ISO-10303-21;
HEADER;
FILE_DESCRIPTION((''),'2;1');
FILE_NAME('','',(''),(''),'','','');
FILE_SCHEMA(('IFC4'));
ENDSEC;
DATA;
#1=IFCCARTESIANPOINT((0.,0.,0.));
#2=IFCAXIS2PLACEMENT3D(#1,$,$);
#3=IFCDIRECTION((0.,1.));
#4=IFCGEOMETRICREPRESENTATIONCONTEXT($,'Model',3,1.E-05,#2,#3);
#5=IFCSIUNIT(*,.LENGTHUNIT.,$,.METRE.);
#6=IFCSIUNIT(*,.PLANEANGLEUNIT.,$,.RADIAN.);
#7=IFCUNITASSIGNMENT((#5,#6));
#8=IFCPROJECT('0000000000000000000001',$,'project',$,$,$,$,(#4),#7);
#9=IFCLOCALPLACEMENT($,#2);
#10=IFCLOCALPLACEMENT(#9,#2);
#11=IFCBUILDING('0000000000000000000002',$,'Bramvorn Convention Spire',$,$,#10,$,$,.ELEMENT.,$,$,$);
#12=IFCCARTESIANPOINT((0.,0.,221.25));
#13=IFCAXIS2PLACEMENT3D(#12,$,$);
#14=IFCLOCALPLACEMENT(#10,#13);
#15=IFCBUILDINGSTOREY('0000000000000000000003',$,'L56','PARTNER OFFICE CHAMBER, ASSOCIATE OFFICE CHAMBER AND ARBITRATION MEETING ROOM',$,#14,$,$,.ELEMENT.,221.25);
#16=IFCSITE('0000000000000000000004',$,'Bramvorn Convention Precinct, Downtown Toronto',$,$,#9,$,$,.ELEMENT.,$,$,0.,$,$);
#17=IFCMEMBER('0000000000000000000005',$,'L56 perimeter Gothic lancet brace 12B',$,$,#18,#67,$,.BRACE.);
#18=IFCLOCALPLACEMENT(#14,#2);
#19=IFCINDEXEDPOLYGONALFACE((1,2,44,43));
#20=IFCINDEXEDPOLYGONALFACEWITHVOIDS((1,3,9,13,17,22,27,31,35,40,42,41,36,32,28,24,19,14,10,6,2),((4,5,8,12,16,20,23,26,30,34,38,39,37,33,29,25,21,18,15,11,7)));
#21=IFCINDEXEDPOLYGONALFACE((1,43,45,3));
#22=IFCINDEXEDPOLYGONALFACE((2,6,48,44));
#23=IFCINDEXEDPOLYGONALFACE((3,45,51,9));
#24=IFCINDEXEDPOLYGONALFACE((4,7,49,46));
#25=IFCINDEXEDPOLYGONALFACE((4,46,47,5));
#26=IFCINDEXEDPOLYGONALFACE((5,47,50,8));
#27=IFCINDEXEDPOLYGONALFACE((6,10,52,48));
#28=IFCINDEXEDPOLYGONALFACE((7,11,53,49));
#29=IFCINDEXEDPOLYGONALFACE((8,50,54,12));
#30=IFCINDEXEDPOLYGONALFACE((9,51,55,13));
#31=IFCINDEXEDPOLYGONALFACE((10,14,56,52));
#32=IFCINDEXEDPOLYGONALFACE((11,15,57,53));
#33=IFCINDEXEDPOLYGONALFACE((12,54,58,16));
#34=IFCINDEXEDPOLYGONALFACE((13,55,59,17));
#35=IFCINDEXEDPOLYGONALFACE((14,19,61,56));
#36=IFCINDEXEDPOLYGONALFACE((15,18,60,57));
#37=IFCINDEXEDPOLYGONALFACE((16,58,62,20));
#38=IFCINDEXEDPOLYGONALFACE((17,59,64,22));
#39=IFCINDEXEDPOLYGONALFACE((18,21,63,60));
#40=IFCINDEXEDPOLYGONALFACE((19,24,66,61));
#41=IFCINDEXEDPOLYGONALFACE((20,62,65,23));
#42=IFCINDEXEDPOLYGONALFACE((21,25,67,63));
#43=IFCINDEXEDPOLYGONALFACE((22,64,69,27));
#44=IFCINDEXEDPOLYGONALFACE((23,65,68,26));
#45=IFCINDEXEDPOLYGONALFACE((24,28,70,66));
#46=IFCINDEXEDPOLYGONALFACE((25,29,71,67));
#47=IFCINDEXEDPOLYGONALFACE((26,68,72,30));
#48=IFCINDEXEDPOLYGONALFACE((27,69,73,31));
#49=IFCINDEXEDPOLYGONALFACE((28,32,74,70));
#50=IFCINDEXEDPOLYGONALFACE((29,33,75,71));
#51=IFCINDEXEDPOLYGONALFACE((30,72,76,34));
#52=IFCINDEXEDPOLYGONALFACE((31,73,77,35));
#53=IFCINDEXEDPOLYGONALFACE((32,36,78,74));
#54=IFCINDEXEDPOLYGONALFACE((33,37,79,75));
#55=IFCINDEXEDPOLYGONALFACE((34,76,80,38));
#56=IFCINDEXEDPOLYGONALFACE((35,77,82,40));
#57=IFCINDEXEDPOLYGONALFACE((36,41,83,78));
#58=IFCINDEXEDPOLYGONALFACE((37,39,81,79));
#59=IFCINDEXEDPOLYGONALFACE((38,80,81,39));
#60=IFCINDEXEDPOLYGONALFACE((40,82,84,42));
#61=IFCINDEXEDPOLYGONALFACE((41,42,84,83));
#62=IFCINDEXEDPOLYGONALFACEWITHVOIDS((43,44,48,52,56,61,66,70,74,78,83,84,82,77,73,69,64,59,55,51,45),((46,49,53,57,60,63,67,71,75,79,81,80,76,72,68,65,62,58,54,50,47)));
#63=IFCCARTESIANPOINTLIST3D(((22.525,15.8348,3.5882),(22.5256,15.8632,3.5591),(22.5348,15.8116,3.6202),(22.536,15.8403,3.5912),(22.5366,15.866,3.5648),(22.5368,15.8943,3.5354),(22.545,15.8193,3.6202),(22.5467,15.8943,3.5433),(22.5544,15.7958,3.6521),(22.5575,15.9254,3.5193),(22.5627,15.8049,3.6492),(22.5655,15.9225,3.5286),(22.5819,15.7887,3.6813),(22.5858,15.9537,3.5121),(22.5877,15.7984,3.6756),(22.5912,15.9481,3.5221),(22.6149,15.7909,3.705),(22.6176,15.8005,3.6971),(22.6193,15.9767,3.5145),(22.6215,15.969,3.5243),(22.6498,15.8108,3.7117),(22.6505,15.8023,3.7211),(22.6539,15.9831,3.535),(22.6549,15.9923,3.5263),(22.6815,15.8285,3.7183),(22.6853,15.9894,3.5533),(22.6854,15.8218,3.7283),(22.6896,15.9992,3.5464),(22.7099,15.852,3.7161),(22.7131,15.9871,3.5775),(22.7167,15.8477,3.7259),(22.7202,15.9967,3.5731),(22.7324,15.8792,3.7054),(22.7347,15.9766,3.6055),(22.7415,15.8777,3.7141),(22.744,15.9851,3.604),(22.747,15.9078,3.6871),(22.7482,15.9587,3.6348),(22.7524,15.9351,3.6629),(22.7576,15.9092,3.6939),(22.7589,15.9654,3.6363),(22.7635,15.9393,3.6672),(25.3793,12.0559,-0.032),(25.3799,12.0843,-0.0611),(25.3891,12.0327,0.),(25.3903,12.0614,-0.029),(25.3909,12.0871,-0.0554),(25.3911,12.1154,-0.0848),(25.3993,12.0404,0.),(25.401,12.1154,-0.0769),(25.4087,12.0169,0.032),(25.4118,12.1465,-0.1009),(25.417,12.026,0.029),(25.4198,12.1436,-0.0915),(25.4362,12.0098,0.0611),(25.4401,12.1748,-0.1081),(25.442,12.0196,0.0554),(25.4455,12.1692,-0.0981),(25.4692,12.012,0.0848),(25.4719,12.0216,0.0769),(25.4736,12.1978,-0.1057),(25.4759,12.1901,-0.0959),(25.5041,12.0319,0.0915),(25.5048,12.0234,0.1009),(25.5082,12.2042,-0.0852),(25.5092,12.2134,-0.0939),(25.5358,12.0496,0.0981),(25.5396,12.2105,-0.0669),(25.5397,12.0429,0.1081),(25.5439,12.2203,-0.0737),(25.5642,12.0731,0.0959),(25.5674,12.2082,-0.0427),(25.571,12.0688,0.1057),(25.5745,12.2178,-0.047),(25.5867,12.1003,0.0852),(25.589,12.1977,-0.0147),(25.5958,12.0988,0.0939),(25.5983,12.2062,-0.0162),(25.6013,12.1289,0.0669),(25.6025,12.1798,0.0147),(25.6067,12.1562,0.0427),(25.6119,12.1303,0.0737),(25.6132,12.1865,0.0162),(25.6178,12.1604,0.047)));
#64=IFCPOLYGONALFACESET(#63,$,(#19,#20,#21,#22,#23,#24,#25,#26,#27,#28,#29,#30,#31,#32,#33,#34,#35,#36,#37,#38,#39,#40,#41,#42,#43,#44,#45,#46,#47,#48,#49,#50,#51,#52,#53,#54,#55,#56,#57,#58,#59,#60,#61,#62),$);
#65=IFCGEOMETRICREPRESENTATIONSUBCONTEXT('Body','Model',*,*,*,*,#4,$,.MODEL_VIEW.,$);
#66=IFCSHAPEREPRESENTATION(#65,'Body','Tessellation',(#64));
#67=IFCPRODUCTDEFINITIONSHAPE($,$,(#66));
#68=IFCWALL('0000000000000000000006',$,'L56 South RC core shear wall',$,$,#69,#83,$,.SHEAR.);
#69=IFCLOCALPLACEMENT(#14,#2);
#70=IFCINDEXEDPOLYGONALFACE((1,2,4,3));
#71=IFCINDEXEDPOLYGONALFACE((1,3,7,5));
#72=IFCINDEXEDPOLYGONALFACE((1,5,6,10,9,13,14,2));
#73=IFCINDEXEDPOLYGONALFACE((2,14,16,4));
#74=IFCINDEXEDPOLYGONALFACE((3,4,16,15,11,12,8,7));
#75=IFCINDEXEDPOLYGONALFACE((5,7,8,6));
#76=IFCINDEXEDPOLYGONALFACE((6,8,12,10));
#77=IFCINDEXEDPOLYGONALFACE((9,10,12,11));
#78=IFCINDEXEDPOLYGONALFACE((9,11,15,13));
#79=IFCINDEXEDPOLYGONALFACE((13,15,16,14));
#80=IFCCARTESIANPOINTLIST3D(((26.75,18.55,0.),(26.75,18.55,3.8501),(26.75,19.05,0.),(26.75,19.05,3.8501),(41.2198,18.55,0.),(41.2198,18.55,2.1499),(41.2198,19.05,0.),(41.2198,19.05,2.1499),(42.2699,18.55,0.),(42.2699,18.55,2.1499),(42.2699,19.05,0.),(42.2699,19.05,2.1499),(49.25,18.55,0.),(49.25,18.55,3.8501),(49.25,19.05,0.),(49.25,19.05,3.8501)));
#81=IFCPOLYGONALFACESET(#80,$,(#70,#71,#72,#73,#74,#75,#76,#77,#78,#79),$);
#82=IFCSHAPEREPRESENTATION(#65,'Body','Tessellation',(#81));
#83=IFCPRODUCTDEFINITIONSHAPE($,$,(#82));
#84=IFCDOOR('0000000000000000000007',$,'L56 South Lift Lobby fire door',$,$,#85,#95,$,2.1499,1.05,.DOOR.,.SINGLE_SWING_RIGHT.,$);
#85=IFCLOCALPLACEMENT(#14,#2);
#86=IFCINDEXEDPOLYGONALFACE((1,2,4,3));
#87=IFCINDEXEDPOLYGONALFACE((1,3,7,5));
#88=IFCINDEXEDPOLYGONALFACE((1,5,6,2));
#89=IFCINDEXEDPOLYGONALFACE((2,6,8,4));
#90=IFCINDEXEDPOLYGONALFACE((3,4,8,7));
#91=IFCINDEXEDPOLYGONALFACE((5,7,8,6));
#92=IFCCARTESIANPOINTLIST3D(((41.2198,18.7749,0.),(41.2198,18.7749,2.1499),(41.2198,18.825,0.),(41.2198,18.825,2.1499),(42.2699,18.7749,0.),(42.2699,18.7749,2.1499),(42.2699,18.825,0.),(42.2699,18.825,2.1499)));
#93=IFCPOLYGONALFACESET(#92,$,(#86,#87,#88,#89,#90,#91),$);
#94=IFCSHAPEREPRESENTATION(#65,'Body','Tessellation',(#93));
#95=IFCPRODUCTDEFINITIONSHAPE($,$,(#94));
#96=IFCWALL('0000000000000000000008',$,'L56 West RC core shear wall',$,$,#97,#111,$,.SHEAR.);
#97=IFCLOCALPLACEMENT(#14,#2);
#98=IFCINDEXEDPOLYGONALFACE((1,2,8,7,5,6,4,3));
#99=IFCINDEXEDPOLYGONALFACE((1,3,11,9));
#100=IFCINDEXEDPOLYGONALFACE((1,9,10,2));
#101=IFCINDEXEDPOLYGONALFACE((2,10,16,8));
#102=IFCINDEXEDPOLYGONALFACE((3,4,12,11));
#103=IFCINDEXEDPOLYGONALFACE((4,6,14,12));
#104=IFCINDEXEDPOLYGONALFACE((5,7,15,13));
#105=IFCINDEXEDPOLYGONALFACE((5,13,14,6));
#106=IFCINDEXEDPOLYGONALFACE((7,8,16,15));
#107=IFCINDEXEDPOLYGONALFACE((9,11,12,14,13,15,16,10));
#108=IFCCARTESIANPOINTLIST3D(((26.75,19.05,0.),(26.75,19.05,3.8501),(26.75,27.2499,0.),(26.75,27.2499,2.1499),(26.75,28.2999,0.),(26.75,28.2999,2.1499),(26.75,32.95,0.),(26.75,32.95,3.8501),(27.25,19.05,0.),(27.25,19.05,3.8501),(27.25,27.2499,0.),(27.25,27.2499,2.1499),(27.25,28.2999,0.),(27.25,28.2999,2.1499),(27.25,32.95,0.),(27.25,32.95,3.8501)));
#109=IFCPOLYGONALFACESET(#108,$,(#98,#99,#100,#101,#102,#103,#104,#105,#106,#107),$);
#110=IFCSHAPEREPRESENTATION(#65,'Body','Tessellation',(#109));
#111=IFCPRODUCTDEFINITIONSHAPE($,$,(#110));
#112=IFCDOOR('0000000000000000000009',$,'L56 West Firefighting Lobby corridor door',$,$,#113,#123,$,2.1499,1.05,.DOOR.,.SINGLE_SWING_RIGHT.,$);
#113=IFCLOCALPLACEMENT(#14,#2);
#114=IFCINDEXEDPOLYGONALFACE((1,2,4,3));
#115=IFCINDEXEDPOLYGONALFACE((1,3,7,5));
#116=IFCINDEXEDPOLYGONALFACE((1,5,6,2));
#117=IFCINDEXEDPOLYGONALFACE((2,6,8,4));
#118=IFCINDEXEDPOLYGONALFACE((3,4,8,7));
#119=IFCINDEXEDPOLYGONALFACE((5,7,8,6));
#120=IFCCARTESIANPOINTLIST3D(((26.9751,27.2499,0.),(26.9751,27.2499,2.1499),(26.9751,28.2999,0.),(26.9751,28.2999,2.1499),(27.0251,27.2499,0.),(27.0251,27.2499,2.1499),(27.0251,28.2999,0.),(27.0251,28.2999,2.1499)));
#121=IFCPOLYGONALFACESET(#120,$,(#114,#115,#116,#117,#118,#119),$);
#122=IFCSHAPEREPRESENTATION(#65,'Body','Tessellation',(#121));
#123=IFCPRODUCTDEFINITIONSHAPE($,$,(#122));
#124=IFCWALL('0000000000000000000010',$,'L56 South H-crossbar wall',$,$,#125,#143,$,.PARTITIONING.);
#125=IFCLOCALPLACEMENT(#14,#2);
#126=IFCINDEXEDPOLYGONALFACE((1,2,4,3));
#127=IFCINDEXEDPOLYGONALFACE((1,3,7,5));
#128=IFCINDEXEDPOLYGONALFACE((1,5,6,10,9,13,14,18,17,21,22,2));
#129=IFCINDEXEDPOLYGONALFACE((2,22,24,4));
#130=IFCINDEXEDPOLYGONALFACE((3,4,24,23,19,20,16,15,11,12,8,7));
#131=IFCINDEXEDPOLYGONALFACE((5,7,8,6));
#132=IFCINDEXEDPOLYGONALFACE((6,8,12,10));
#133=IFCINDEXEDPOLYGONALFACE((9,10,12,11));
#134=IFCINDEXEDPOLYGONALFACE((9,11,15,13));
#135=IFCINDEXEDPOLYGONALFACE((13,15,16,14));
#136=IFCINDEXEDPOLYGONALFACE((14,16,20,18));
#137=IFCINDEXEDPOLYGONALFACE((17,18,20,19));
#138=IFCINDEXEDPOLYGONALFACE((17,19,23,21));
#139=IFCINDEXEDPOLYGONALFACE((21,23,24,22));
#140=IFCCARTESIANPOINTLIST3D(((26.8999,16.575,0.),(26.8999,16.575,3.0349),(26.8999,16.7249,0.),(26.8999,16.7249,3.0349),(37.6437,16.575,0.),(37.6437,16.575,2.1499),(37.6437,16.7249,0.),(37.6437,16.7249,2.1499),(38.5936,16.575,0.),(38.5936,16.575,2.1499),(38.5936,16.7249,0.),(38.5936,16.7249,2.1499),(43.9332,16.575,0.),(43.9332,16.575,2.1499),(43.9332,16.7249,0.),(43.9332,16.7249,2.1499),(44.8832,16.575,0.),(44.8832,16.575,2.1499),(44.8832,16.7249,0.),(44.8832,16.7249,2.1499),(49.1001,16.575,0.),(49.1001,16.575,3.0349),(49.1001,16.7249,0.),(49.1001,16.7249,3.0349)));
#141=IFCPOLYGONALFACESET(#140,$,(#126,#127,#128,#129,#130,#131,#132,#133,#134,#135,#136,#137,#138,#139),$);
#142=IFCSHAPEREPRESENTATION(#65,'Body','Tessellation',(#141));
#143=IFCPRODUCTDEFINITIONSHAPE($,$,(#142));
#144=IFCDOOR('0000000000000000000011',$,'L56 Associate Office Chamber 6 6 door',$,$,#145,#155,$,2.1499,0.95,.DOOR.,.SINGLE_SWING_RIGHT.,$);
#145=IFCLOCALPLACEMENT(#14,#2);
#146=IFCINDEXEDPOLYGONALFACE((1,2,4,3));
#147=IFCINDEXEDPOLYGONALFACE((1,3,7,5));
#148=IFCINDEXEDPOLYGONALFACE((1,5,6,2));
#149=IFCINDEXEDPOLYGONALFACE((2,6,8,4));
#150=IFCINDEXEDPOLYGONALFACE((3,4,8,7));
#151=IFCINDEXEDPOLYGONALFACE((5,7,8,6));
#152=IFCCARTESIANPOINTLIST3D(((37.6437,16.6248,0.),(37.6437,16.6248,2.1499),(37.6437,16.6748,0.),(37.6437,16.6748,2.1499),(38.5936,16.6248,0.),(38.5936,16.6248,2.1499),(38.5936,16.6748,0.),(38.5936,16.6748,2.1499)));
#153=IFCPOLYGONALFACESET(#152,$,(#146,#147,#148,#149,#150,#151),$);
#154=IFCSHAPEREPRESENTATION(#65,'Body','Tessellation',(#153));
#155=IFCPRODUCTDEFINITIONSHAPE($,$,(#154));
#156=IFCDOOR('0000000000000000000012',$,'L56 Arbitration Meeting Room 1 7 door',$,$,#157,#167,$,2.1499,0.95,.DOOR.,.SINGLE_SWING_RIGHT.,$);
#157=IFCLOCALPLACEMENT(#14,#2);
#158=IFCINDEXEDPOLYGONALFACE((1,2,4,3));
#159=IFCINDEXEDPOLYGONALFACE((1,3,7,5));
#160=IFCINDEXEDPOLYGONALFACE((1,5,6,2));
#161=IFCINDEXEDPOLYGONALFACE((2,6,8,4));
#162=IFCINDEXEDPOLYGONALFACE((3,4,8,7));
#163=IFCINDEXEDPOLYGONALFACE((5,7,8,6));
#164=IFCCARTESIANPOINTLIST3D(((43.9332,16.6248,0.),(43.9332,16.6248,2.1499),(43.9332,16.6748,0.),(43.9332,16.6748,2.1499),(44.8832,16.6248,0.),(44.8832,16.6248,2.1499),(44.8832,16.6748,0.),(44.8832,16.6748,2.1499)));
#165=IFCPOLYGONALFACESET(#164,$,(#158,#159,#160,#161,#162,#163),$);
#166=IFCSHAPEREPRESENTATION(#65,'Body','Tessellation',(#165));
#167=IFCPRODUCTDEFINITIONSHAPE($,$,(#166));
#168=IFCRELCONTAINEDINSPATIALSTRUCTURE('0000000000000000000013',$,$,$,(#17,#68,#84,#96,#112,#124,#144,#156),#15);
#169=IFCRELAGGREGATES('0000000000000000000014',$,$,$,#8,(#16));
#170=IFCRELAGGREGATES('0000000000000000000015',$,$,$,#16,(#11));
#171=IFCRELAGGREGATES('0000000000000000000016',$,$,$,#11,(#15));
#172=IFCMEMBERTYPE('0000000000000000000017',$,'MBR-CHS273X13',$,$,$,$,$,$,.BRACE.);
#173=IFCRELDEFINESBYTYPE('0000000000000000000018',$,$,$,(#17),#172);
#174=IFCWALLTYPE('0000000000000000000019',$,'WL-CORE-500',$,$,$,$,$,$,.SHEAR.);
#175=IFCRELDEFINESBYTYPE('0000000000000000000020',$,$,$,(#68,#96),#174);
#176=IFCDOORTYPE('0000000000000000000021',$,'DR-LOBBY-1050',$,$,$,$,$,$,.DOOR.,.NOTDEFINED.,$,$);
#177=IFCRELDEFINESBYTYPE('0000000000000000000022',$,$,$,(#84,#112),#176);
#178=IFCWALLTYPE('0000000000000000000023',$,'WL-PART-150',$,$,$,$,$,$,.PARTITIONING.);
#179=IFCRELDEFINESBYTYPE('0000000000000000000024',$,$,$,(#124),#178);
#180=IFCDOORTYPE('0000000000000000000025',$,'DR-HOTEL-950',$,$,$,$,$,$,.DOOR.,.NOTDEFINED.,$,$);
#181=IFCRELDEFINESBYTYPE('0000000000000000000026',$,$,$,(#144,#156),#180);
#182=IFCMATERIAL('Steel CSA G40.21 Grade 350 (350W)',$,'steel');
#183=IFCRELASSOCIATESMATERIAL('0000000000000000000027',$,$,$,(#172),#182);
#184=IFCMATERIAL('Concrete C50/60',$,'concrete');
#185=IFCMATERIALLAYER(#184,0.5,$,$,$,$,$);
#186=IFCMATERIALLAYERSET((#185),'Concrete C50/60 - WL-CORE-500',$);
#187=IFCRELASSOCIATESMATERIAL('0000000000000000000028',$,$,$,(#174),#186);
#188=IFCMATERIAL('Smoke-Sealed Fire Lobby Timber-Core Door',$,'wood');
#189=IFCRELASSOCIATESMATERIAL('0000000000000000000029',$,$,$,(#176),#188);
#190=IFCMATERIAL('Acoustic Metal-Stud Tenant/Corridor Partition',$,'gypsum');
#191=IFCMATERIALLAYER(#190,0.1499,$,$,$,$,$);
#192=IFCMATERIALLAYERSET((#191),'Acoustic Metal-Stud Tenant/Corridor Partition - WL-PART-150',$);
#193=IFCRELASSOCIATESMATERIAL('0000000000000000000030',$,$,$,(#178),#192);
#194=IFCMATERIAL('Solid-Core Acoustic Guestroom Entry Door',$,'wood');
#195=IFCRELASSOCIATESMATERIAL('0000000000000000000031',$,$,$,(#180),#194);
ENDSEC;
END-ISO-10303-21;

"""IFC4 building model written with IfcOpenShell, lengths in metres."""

from ifc_helpers import new_model, si_unit, direction, frame, frame_2d, origin, origin_2d, place, context, subcontext, project, spatial, rectangle, hollow_circle, extrude, material, layer, layer_set, material_profile, profile_set, type_object, element, fill, save


model = new_model("IFC4")

# Units and contexts
model_context = context("Model", 3, precision=1e-05, world=origin(), true_north=direction((0.0, 1.0)))
body_context = subcontext(model_context, "Body", "Model", "MODEL_VIEW")
ifc_project = project(units=[si_unit("LENGTHUNIT", "METRE"), si_unit("PLANEANGLEUNIT", "RADIAN")], contexts=[model_context])

# Site, building, storey
site_placement = place(None, origin())
site = spatial("IfcSite", under=ifc_project, at=site_placement, Name="Bramvorn Convention Precinct, Downtown Toronto", CompositionType="ELEMENT", RefElevation=0.0)
building_placement = place(site_placement, origin())
building = spatial("IfcBuilding", under=site, at=building_placement, Name="Bramvorn Convention Spire", CompositionType="ELEMENT")
storey_placement = place(building_placement, frame((0.0, 0.0, 221.25)))
storey = spatial("IfcBuildingStorey", under=building, at=storey_placement, Name="L56", Description="PARTNER OFFICE CHAMBER, ASSOCIATE OFFICE CHAMBER AND ARBITRATION MEETING ROOM", CompositionType="ELEMENT", Elevation=221.25)

# Shared definitions
ifc_material_1 = material(Name="Steel CSA G40.21 Grade 350 (350W)", Category="steel")

# Member
ifc_material_profile_1 = material_profile(ifc_material_1, hollow_circle(Radius=0.1365, WallThickness=0.0127, at=origin_2d()))
ifc_profile_set_1 = profile_set([ifc_material_profile_1], Name="Steel CSA G40.21 Grade 350 (350W) - CHS273X13")
member_type = type_object("IfcMemberType", Name="MBR-CHS273X13", PredefinedType="BRACE", material=ifc_profile_set_1)
member_placement = place(storey_placement, frame((25.498, 12.115, 0.0), z_axis=(-0.478835, 0.633941, 0.607319), x_axis=(-0.797954, -0.602719, 0.0)))
element("IfcMember", 1, at=member_placement, inside=storey, type_object=member_type, Name="L56 perimeter Gothic lancet brace 12B", PredefinedType="BRACE", context=body_context, shape_type="SweptSolid", body=[
    extrude(hollow_circle(Radius=0.1365, WallThickness=0.0127, at=origin_2d()), origin(), (0.0, 0.0, 1.0), 5.9609),
])

# Walls, openings, doors
ifc_material_2 = material(Name="Concrete C50/60", Category="concrete")
ifc_layer_1 = layer(ifc_material_2, 0.5)
ifc_layer_set_1 = layer_set([ifc_layer_1], Name="Concrete C50/60 - WL-CORE-500")
wall_type_1 = type_object("IfcWallType", Name="WL-CORE-500", PredefinedType="SHEAR", material=ifc_layer_set_1)
wall_1_placement = place(storey_placement, frame((26.75, 18.8, 0.0), z_axis=(0.0, 0.0, 1.0), x_axis=(1.0, 0.0, 0.0)))
wall_1 = element("IfcWall", 2, at=wall_1_placement, inside=storey, type_object=wall_type_1, Name="L56 South RC core shear wall", PredefinedType="SHEAR", context=body_context, shape_type="SweptSolid", body=[
    extrude(rectangle(XDim=22.5, YDim=0.5, at=frame_2d((11.25, 0.0))), origin(), (0.0, 0.0, 1.0), 3.8501),
])
opening_1_placement = place(wall_1_placement, frame((14.47, 0.0, 0.0)))
opening_1 = element("IfcOpeningElement", 3, at=opening_1_placement, cuts=wall_1, PredefinedType="OPENING", context=body_context, shape_type="SweptSolid", body=[
    extrude(rectangle(XDim=1.05, YDim=2.1499, at=frame_2d((0.5249, 1.075))), frame((0.0, 0.26, 0.0), z_axis=(0.0, -1.0, 0.0), x_axis=(1.0, 0.0, 0.0)), (0.0, 0.0, 1.0), 0.52),
])
ifc_material_3 = material(Name="Smoke-Sealed Fire Lobby Timber-Core Door", Category="wood")
door_type_1 = type_object("IfcDoorType", Name="DR-LOBBY-1050", OperationType="NOTDEFINED", PredefinedType="DOOR", material=ifc_material_3)
door_1_placement = place(opening_1_placement, origin())
door_1 = element("IfcDoor", 4, at=door_1_placement, inside=storey, type_object=door_type_1, Name="L56 South Lift Lobby fire door", OperationType="SINGLE_SWING_RIGHT", OverallHeight=2.1499, OverallWidth=1.05, PredefinedType="DOOR", context=body_context, shape_type="SweptSolid", body=[
    extrude(rectangle(XDim=1.05, YDim=2.1499, at=frame_2d((0.5249, 1.075))), frame((0.0, 0.0249, 0.0), z_axis=(0.0, -1.0, 0.0), x_axis=(1.0, 0.0, 0.0)), (0.0, 0.0, 1.0), 0.05),
])
fill(opening_1, door_1)
wall_2_placement = place(storey_placement, frame((27.0, 19.05, 0.0), z_axis=(0.0, 0.0, 1.0), x_axis=(0.0, 1.0, 0.0)))
wall_2 = element("IfcWall", 5, at=wall_2_placement, inside=storey, type_object=wall_type_1, Name="L56 West RC core shear wall", PredefinedType="SHEAR", context=body_context, shape_type="SweptSolid", body=[
    extrude(rectangle(XDim=13.8999, YDim=0.5, at=frame_2d((6.95, 0.0))), origin(), (0.0, 0.0, 1.0), 3.8501),
])
opening_2_placement = place(wall_2_placement, frame((8.2, 0.0, 0.0)))
opening_2 = element("IfcOpeningElement", 6, at=opening_2_placement, cuts=wall_2, PredefinedType="OPENING", context=body_context, shape_type="SweptSolid", body=[
    extrude(rectangle(XDim=1.05, YDim=2.1499, at=frame_2d((0.5249, 1.075))), frame((0.0, 0.26, 0.0), z_axis=(0.0, -1.0, 0.0), x_axis=(1.0, 0.0, 0.0)), (0.0, 0.0, 1.0), 0.52),
])
door_2_placement = place(opening_2_placement, origin())
door_2 = element("IfcDoor", 7, at=door_2_placement, inside=storey, type_object=door_type_1, Name="L56 West Firefighting Lobby corridor door", OperationType="SINGLE_SWING_RIGHT", OverallHeight=2.1499, OverallWidth=1.05, PredefinedType="DOOR", context=body_context, shape_type="SweptSolid", body=[
    extrude(rectangle(XDim=1.05, YDim=2.1499, at=frame_2d((0.5249, 1.075))), frame((0.0, 0.0249, 0.0), z_axis=(0.0, -1.0, 0.0), x_axis=(1.0, 0.0, 0.0)), (0.0, 0.0, 1.0), 0.05),
])
fill(opening_2, door_2)

# Wall, openings, doors
ifc_material_4 = material(Name="Acoustic Metal-Stud Tenant/Corridor Partition", Category="gypsum")
ifc_layer_2 = layer(ifc_material_4, 0.1499)
ifc_layer_set_2 = layer_set([ifc_layer_2], Name="Acoustic Metal-Stud Tenant/Corridor Partition - WL-PART-150")
wall_type_2 = type_object("IfcWallType", Name="WL-PART-150", PredefinedType="PARTITIONING", material=ifc_layer_set_2)
wall_3_placement = place(storey_placement, frame((26.8999, 16.6499, 0.0), z_axis=(0.0, 0.0, 1.0), x_axis=(1.0, 0.0, 0.0)))
wall_3 = element("IfcWall", 8, at=wall_3_placement, inside=storey, type_object=wall_type_2, Name="L56 South H-crossbar wall", PredefinedType="PARTITIONING", context=body_context, shape_type="SweptSolid", body=[
    extrude(rectangle(XDim=22.2002, YDim=0.1499, at=frame_2d((11.1001, 0.0))), origin(), (0.0, 0.0, 1.0), 3.0349),
])
opening_3_placement = place(wall_3_placement, frame((10.7437, 0.0, 0.0)))
opening_3 = element("IfcOpeningElement", 9, at=opening_3_placement, cuts=wall_3, PredefinedType="OPENING", context=body_context, shape_type="SweptSolid", body=[
    extrude(rectangle(XDim=0.95, YDim=2.1499, at=frame_2d((0.4751, 1.075))), frame((0.0, 0.085, 0.0), z_axis=(0.0, -1.0, 0.0), x_axis=(1.0, 0.0, 0.0)), (0.0, 0.0, 1.0), 0.1699),
])
opening_4_placement = place(wall_3_placement, frame((17.0332, 0.0, 0.0)))
opening_4 = element("IfcOpeningElement", 10, at=opening_4_placement, cuts=wall_3, PredefinedType="OPENING", context=body_context, shape_type="SweptSolid", body=[
    extrude(rectangle(XDim=0.95, YDim=2.1499, at=frame_2d((0.4751, 1.075))), frame((0.0, 0.085, 0.0), z_axis=(0.0, -1.0, 0.0), x_axis=(1.0, 0.0, 0.0)), (0.0, 0.0, 1.0), 0.1699),
])
ifc_material_5 = material(Name="Solid-Core Acoustic Guestroom Entry Door", Category="wood")
door_type_2 = type_object("IfcDoorType", Name="DR-HOTEL-950", OperationType="NOTDEFINED", PredefinedType="DOOR", material=ifc_material_5)
door_3_placement = place(opening_3_placement, origin())
door_3 = element("IfcDoor", 11, at=door_3_placement, inside=storey, type_object=door_type_2, Name="L56 Associate Office Chamber 6 6 door", OperationType="SINGLE_SWING_RIGHT", OverallHeight=2.1499, OverallWidth=0.95, PredefinedType="DOOR", context=body_context, shape_type="SweptSolid", body=[
    extrude(rectangle(XDim=0.95, YDim=2.1499, at=frame_2d((0.4751, 1.075))), frame((0.0, 0.0249, 0.0), z_axis=(0.0, -1.0, 0.0), x_axis=(1.0, 0.0, 0.0)), (0.0, 0.0, 1.0), 0.05),
])
fill(opening_3, door_3)
door_4_placement = place(opening_4_placement, origin())
door_4 = element("IfcDoor", 12, at=door_4_placement, inside=storey, type_object=door_type_2, Name="L56 Arbitration Meeting Room 1 7 door", OperationType="SINGLE_SWING_RIGHT", OverallHeight=2.1499, OverallWidth=0.95, PredefinedType="DOOR", context=body_context, shape_type="SweptSolid", body=[
    extrude(rectangle(XDim=0.95, YDim=2.1499, at=frame_2d((0.4751, 1.075))), frame((0.0, 0.0249, 0.0), z_axis=(0.0, -1.0, 0.0), x_axis=(1.0, 0.0, 0.0)), (0.0, 0.0, 1.0), 0.05),
])
fill(opening_4, door_4)

save(model, "model.ifc")
